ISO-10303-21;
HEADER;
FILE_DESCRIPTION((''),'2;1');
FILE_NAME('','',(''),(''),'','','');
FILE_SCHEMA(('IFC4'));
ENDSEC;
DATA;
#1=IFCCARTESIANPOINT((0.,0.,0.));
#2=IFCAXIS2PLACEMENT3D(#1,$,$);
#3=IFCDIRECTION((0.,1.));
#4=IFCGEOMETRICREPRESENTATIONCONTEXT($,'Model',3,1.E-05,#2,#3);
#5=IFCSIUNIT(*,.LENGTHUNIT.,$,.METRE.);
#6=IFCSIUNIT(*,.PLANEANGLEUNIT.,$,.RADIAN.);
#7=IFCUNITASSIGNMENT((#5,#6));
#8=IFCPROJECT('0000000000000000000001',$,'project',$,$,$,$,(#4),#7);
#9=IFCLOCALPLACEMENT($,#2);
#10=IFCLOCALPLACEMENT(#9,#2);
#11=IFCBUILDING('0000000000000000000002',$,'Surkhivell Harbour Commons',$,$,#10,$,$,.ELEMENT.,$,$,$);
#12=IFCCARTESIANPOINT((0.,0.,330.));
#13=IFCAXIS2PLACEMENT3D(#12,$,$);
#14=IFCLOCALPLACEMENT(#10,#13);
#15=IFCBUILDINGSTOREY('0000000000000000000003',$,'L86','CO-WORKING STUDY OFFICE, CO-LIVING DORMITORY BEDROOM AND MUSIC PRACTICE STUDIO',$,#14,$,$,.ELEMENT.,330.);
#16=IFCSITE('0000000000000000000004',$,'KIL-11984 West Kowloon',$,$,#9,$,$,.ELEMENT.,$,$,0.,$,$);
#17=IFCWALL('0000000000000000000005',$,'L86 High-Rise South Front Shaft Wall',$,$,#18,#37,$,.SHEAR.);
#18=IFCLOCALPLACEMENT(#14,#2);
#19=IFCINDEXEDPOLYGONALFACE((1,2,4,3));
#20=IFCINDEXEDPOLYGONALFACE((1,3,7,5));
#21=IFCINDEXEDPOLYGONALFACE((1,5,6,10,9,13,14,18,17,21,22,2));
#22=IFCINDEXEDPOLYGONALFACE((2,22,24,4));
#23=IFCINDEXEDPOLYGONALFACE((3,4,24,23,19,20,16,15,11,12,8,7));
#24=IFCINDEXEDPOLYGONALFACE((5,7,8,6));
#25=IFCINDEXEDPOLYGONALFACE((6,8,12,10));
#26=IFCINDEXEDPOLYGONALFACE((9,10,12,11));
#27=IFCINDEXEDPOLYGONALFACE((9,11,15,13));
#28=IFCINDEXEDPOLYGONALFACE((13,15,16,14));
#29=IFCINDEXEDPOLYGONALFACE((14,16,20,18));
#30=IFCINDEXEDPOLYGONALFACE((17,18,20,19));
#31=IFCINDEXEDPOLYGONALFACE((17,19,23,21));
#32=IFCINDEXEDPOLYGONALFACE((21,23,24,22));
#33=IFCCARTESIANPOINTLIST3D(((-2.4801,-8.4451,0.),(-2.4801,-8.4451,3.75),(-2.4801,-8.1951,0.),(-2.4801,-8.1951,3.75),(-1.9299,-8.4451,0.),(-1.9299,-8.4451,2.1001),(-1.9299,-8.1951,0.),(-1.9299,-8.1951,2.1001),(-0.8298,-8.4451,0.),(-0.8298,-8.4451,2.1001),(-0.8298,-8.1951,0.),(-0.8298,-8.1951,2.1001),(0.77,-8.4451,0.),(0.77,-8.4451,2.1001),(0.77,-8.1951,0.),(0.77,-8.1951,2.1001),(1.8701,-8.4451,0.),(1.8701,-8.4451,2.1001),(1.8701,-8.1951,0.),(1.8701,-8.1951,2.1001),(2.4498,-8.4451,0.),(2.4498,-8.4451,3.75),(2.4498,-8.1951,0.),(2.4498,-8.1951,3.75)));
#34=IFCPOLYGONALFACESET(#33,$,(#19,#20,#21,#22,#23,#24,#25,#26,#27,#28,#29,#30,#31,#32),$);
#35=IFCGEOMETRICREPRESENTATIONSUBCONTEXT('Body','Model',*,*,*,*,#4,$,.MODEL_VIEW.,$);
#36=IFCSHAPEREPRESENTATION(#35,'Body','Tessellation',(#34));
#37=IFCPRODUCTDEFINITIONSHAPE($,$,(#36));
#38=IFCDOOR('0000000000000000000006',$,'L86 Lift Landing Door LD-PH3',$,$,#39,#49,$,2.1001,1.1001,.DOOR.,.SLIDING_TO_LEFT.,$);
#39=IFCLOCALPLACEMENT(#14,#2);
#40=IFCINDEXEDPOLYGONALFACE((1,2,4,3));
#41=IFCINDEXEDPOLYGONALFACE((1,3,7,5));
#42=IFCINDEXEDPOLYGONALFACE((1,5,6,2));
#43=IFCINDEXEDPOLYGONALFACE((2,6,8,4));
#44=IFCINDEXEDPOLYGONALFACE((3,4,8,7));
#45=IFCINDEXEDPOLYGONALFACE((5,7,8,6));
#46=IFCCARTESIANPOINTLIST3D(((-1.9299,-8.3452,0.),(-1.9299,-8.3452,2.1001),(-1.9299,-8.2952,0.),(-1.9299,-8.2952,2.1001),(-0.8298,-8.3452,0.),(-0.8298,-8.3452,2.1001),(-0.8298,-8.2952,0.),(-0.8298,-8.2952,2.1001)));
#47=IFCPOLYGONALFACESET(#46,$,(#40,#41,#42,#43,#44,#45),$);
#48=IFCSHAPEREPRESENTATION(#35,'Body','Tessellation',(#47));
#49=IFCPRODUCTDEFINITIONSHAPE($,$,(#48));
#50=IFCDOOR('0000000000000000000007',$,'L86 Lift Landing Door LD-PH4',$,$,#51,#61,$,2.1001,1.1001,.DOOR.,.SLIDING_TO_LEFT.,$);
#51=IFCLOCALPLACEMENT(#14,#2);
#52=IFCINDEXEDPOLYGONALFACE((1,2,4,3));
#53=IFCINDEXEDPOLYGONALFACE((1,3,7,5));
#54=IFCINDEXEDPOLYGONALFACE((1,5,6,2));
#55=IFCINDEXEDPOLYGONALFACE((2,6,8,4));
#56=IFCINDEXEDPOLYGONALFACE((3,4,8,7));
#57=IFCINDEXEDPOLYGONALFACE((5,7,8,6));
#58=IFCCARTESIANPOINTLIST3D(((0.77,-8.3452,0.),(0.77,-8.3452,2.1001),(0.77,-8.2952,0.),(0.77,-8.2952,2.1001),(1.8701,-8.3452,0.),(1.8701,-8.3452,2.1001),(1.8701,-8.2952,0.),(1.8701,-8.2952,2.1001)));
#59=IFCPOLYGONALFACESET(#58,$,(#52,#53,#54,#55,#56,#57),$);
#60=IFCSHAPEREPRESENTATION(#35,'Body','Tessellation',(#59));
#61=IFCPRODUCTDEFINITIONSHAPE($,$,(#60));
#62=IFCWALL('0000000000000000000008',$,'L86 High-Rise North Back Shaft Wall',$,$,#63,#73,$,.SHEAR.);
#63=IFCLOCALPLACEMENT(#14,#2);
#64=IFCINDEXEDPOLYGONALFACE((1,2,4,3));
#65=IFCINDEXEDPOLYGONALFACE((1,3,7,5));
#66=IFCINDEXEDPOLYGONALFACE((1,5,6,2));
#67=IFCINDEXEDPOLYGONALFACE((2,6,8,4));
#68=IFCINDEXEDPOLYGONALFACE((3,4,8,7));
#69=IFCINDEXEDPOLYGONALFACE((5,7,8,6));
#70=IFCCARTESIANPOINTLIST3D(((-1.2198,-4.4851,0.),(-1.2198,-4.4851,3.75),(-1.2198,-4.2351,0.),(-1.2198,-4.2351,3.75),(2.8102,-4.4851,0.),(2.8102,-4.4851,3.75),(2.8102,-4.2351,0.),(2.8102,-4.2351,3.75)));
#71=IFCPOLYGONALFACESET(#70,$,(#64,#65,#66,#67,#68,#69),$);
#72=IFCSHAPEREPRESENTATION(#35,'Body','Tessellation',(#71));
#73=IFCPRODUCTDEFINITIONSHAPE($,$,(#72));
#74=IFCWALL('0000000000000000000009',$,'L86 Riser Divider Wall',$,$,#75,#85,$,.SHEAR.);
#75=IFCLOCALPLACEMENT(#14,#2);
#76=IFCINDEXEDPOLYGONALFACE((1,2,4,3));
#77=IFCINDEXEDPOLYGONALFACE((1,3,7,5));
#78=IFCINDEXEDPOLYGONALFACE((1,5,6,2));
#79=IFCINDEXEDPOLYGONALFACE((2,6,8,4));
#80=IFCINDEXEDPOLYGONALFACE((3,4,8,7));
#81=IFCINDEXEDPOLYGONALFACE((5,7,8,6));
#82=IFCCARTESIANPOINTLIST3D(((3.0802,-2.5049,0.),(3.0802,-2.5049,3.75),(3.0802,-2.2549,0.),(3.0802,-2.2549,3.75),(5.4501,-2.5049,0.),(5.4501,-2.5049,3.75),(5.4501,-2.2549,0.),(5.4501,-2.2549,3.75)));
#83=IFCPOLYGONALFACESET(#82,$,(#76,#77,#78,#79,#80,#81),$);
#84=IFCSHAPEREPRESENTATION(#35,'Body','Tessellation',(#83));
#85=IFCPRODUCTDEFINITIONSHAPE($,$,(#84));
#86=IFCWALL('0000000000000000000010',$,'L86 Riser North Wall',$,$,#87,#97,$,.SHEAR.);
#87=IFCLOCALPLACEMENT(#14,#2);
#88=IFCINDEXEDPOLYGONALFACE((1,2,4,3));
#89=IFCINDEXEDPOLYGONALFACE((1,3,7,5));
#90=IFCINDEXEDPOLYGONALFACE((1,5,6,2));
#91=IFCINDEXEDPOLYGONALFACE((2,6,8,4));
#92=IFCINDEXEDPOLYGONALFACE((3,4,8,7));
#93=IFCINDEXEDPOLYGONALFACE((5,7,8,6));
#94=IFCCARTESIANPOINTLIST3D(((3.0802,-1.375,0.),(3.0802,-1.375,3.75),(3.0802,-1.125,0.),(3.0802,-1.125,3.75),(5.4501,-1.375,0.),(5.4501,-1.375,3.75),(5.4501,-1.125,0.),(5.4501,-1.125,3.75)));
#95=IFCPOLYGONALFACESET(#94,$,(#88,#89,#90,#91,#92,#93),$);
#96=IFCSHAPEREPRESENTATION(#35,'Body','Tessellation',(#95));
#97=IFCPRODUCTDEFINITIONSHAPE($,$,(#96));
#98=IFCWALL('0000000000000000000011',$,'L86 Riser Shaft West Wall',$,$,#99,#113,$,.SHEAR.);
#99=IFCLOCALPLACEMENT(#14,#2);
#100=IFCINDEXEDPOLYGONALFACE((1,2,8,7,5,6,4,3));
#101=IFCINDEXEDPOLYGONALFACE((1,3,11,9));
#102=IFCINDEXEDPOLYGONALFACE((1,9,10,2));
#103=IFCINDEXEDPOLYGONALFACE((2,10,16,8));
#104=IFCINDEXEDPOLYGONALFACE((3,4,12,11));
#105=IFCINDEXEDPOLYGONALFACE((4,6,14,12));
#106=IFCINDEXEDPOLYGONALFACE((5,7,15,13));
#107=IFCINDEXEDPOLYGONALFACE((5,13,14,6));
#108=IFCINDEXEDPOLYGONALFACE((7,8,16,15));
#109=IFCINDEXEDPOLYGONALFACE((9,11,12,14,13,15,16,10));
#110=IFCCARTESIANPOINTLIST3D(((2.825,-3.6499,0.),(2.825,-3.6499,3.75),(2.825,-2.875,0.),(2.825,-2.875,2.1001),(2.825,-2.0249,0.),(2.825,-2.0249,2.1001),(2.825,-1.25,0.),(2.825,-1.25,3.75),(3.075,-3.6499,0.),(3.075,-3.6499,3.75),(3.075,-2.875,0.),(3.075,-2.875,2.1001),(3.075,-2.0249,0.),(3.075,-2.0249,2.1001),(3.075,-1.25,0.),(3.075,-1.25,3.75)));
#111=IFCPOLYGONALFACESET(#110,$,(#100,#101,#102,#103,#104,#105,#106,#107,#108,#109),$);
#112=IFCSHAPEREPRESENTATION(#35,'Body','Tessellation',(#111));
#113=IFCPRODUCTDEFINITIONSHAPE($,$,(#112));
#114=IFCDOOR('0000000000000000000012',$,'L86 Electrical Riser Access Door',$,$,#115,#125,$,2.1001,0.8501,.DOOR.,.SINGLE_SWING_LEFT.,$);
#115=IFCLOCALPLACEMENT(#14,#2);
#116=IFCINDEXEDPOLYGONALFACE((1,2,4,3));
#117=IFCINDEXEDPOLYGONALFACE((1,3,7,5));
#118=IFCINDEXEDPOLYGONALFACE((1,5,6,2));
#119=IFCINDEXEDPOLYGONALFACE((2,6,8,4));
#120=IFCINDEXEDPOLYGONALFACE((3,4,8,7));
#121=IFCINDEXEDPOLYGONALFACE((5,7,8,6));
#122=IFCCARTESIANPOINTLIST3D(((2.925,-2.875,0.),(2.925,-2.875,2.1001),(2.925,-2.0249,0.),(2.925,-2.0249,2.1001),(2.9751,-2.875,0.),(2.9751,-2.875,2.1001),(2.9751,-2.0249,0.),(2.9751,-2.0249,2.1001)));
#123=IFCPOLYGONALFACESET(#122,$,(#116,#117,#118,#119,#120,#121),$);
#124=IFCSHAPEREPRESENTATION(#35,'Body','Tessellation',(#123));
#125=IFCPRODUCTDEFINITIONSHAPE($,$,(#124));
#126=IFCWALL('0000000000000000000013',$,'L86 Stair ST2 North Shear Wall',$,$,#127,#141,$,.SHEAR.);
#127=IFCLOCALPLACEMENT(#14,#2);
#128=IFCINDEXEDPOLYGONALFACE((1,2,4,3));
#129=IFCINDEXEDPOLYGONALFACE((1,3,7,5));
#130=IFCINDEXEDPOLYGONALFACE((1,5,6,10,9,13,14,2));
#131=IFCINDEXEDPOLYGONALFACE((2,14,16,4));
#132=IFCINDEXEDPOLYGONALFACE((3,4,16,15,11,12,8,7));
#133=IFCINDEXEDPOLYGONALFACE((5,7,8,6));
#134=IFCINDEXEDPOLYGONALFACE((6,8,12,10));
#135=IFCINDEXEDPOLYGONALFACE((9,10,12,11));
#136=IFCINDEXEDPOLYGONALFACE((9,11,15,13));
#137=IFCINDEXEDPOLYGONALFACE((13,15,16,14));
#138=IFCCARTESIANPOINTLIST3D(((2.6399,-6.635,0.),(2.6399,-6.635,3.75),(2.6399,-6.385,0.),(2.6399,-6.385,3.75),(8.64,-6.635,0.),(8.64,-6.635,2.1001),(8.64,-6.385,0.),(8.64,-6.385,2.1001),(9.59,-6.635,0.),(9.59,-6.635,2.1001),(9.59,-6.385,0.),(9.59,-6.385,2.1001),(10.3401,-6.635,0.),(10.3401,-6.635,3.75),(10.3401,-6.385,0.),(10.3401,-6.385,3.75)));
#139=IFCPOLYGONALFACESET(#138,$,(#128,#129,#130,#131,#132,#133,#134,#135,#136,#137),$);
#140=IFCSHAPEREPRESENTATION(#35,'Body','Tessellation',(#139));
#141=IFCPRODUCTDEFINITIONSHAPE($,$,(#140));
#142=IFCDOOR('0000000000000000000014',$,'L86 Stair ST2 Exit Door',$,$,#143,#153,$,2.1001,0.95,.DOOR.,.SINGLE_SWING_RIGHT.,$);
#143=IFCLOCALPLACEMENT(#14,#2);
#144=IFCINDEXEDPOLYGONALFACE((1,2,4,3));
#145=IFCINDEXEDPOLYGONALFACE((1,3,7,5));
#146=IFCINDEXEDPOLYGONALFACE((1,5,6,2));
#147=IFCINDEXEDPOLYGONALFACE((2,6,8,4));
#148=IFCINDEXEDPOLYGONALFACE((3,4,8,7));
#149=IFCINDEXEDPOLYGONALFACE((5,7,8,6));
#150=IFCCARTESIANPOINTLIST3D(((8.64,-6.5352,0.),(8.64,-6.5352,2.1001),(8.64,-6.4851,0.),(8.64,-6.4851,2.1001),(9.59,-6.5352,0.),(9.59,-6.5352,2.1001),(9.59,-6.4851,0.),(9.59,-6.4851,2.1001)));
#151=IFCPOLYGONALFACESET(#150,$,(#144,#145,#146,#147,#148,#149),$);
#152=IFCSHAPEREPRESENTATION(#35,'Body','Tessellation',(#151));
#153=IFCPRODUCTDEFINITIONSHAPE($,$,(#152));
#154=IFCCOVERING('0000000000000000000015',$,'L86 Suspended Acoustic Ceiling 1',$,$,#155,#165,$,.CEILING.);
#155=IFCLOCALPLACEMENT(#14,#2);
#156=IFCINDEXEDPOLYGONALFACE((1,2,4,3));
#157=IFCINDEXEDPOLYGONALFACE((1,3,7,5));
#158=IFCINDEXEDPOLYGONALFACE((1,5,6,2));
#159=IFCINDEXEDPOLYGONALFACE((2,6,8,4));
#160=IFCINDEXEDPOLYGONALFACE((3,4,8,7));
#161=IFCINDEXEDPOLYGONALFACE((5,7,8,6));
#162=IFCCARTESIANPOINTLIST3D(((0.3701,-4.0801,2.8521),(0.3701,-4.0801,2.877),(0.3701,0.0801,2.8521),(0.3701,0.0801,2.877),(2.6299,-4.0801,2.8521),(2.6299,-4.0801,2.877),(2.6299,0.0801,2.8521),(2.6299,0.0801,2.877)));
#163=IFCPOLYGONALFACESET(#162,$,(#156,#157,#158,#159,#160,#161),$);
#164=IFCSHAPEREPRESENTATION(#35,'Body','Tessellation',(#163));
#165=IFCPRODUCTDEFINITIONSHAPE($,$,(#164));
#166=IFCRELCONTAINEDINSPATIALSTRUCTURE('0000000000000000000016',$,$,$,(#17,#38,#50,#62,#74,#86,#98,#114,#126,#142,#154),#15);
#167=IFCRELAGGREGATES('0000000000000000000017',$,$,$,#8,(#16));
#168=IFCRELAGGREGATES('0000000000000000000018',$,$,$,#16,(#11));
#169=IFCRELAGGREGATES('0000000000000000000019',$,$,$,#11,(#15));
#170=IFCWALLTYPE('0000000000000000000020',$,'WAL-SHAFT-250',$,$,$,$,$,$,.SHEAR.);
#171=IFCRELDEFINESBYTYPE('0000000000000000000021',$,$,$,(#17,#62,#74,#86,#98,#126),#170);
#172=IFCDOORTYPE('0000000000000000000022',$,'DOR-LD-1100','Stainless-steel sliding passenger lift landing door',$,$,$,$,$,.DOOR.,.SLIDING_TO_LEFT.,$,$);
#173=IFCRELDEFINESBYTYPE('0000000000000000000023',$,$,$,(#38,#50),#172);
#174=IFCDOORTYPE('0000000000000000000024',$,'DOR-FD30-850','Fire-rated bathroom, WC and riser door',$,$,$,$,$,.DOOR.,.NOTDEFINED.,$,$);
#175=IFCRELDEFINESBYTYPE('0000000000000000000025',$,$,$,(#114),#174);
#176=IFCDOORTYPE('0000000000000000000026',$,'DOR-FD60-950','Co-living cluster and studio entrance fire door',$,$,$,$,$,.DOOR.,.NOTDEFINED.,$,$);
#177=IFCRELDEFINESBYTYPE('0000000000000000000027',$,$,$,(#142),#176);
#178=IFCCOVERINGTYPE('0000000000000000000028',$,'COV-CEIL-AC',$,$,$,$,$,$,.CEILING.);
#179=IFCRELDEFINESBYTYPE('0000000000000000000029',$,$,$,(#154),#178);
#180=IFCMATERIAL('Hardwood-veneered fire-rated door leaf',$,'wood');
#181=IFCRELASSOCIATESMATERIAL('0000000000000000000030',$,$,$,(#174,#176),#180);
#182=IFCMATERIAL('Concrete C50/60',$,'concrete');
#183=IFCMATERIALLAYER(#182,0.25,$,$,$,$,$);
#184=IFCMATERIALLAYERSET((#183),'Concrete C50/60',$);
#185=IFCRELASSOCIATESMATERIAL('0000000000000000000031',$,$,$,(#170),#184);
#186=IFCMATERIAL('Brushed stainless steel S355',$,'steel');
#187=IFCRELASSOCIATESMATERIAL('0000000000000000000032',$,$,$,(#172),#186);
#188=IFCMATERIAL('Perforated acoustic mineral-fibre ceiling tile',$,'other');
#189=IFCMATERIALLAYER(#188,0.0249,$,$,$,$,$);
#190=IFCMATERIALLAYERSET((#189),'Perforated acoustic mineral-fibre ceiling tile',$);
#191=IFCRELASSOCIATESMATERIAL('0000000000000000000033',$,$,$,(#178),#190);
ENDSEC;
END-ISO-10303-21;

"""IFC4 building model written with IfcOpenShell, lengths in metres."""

from ifc_helpers import new_model, si_unit, direction, frame, frame_2d, origin, place, context, subcontext, project, spatial, polyline, rectangle, outline, extrude, material, layer, layer_set, type_object, element, fill, save


model = new_model("IFC4")

# Units and contexts
model_context = context("Model", 3, precision=1e-05, world=origin(), true_north=direction((0.0, 1.0)))
body_context = subcontext(model_context, "Body", "Model", "MODEL_VIEW")
ifc_project = project(units=[si_unit("LENGTHUNIT", "METRE"), si_unit("PLANEANGLEUNIT", "RADIAN")], contexts=[model_context])

# Site, building, storey
site_placement = place(None, origin())
site = spatial("IfcSite", under=ifc_project, at=site_placement, Name="KIL-11984 West Kowloon", CompositionType="ELEMENT", RefElevation=0.0)
building_placement = place(site_placement, origin())
building = spatial("IfcBuilding", under=site, at=building_placement, Name="Surkhivell Harbour Commons", CompositionType="ELEMENT")
storey_placement = place(building_placement, frame((0.0, 0.0, 330.0)))
storey = spatial("IfcBuildingStorey", under=building, at=storey_placement, Name="L86", Description="CO-WORKING STUDY OFFICE, CO-LIVING DORMITORY BEDROOM AND MUSIC PRACTICE STUDIO", CompositionType="ELEMENT", Elevation=330.0)

# Shared definitions
ifc_material_1 = material(Name="Hardwood-veneered fire-rated door leaf", Category="wood")
door_type_1 = type_object("IfcDoorType", Name="DOR-FD30-850", Description="Fire-rated bathroom, WC and riser door", OperationType="NOTDEFINED", PredefinedType="DOOR", material=ifc_material_1)

# Shared definitions
ifc_material_2 = material(Name="Concrete C50/60", Category="concrete")
ifc_layer_1 = layer(ifc_material_2, 0.25)
ifc_layer_set_1 = layer_set([ifc_layer_1], Name="Concrete C50/60")
wall_type_1 = type_object("IfcWallType", Name="WAL-SHAFT-250", PredefinedType="SHEAR", material=ifc_layer_set_1)

# Wall, openings, doors
ifc_material_3 = material(Name="Brushed stainless steel S355", Category="steel")
door_type_2 = type_object("IfcDoorType", Name="DOR-LD-1100", Description="Stainless-steel sliding passenger lift landing door", OperationType="SLIDING_TO_LEFT", PredefinedType="DOOR", material=ifc_material_3)
wall_1_placement = place(storey_placement, frame((-2.48, -8.3201, 0.0), z_axis=(0.0, 0.0, 1.0), x_axis=(1.0, 0.0, 0.0)))
wall_1 = element("IfcWall", 1, at=wall_1_placement, inside=storey, type_object=wall_type_1, Name="L86 High-Rise South Front Shaft Wall", PredefinedType="SHEAR", context=body_context, shape_type="SweptSolid", body=[
    extrude(rectangle(XDim=4.9299, YDim=0.25, at=frame_2d((2.4648, 0.0))), origin(), (0.0, 0.0, 1.0), 3.75),
])
opening_1_placement = place(wall_1_placement, frame((0.55, 0.0, 0.0)))
opening_1 = element("IfcOpeningElement", 2, at=opening_1_placement, cuts=wall_1, PredefinedType="OPENING", context=body_context, shape_type="SweptSolid", body=[
    extrude(rectangle(XDim=1.1001, YDim=2.1001, at=frame_2d((0.55, 1.05))), frame((0.0, 0.135, 0.0), z_axis=(0.0, -1.0, 0.0), x_axis=(1.0, 0.0, 0.0)), (0.0, 0.0, 1.0), 0.27),
])
opening_2_placement = place(wall_1_placement, frame((3.25, 0.0, 0.0)))
opening_2 = element("IfcOpeningElement", 3, at=opening_2_placement, cuts=wall_1, PredefinedType="OPENING", context=body_context, shape_type="SweptSolid", body=[
    extrude(rectangle(XDim=1.1001, YDim=2.1001, at=frame_2d((0.55, 1.05))), frame((0.0, 0.135, 0.0), z_axis=(0.0, -1.0, 0.0), x_axis=(1.0, 0.0, 0.0)), (0.0, 0.0, 1.0), 0.27),
])
door_1_placement = place(opening_1_placement, origin())
door_1 = element("IfcDoor", 4, at=door_1_placement, inside=storey, type_object=door_type_2, Name="L86 Lift Landing Door LD-PH3", OperationType="SLIDING_TO_LEFT", OverallHeight=2.1001, OverallWidth=1.1001, PredefinedType="DOOR", context=body_context, shape_type="SweptSolid", body=[
    extrude(rectangle(XDim=1.1001, YDim=2.1001, at=frame_2d((0.55, 1.05))), frame((0.0, 0.0249, 0.0), z_axis=(0.0, -1.0, 0.0), x_axis=(1.0, 0.0, 0.0)), (0.0, 0.0, 1.0), 0.05),
])
fill(opening_1, door_1)
door_2_placement = place(opening_2_placement, origin())
door_2 = element("IfcDoor", 5, at=door_2_placement, inside=storey, type_object=door_type_2, Name="L86 Lift Landing Door LD-PH4", OperationType="SLIDING_TO_LEFT", OverallHeight=2.1001, OverallWidth=1.1001, PredefinedType="DOOR", context=body_context, shape_type="SweptSolid", body=[
    extrude(rectangle(XDim=1.1001, YDim=2.1001, at=frame_2d((0.55, 1.05))), frame((0.0, 0.0249, 0.0), z_axis=(0.0, -1.0, 0.0), x_axis=(1.0, 0.0, 0.0)), (0.0, 0.0, 1.0), 0.05),
])
fill(opening_2, door_2)

# Walls
wall_2_placement = place(storey_placement, frame((-1.22, -4.3601, 0.0), z_axis=(0.0, 0.0, 1.0), x_axis=(1.0, 0.0, 0.0)))
element("IfcWall", 6, at=wall_2_placement, inside=storey, type_object=wall_type_1, Name="L86 High-Rise North Back Shaft Wall", PredefinedType="SHEAR", context=body_context, shape_type="SweptSolid", body=[
    extrude(rectangle(XDim=4.03, YDim=0.25, at=frame_2d((2.0151, 0.0))), origin(), (0.0, 0.0, 1.0), 3.75),
])
for number, where, z_axis, x_axis, name in (
    (7, (3.0801, -2.3799, 0.0), (0.0, 0.0, 1.0), (1.0, 0.0, 0.0), "L86 Riser Divider Wall"),
    (8, (3.0801, -1.25, 0.0), (0.0, 0.0, 1.0), (1.0, 0.0, 0.0), "L86 Riser North Wall"),
):
    element("IfcWall", number, at=place(storey_placement, frame(where, z_axis=z_axis, x_axis=x_axis)), inside=storey, type_object=wall_type_1, Name=name, PredefinedType="SHEAR", context=body_context, shape_type="SweptSolid", body=[
        extrude(rectangle(XDim=2.3699, YDim=0.25, at=frame_2d((1.1851, 0.0))), origin(), (0.0, 0.0, 1.0), 3.75),
    ])

# Walls, openings, doors
wall_3_placement = place(storey_placement, frame((2.95, -3.6499, 0.0), z_axis=(0.0, 0.0, 1.0), x_axis=(0.0, 1.0, 0.0)))
wall_3 = element("IfcWall", 9, at=wall_3_placement, inside=storey, type_object=wall_type_1, Name="L86 Riser Shaft West Wall", PredefinedType="SHEAR", context=body_context, shape_type="SweptSolid", body=[
    extrude(rectangle(XDim=2.3999, YDim=0.25, at=frame_2d((1.2, 0.0))), origin(), (0.0, 0.0, 1.0), 3.75),
])
opening_3_placement = place(wall_3_placement, frame((0.7749, 0.0, 0.0)))
opening_3 = element("IfcOpeningElement", 10, at=opening_3_placement, cuts=wall_3, PredefinedType="OPENING", context=body_context, shape_type="SweptSolid", body=[
    extrude(rectangle(XDim=0.8501, YDim=2.1001, at=frame_2d((0.425, 1.05))), frame((0.0, 0.135, 0.0), z_axis=(0.0, -1.0, 0.0), x_axis=(1.0, 0.0, 0.0)), (0.0, 0.0, 1.0), 0.27),
])
door_3_placement = place(opening_3_placement, origin())
door_3 = element("IfcDoor", 11, at=door_3_placement, inside=storey, type_object=door_type_1, Name="L86 Electrical Riser Access Door", OperationType="SINGLE_SWING_LEFT", OverallHeight=2.1001, OverallWidth=0.8501, PredefinedType="DOOR", context=body_context, shape_type="SweptSolid", body=[
    extrude(rectangle(XDim=0.8501, YDim=2.1001, at=frame_2d((0.425, 1.05))), frame((0.0, 0.0249, 0.0), z_axis=(0.0, -1.0, 0.0), x_axis=(1.0, 0.0, 0.0)), (0.0, 0.0, 1.0), 0.05),
])
fill(opening_3, door_3)
wall_4_placement = place(storey_placement, frame((2.6399, -6.51, 0.0), z_axis=(0.0, 0.0, 1.0), x_axis=(1.0, 0.0, 0.0)))
wall_4 = element("IfcWall", 12, at=wall_4_placement, inside=storey, type_object=wall_type_1, Name="L86 Stair ST2 North Shear Wall", PredefinedType="SHEAR", context=body_context, shape_type="SweptSolid", body=[
    extrude(rectangle(XDim=7.7002, YDim=0.25, at=frame_2d((3.8501, 0.0))), origin(), (0.0, 0.0, 1.0), 3.75),
])
opening_4_placement = place(wall_4_placement, frame((6.0, 0.0, 0.0)))
opening_4 = element("IfcOpeningElement", 13, at=opening_4_placement, cuts=wall_4, PredefinedType="OPENING", context=body_context, shape_type="SweptSolid", body=[
    extrude(rectangle(XDim=0.95, YDim=2.1001, at=frame_2d((0.4751, 1.05))), frame((0.0, 0.135, 0.0), z_axis=(0.0, -1.0, 0.0), x_axis=(1.0, 0.0, 0.0)), (0.0, 0.0, 1.0), 0.27),
])
door_type_3 = type_object("IfcDoorType", Name="DOR-FD60-950", Description="Co-living cluster and studio entrance fire door", OperationType="NOTDEFINED", PredefinedType="DOOR", material=ifc_material_1)
door_4_placement = place(opening_4_placement, origin())
door_4 = element("IfcDoor", 14, at=door_4_placement, inside=storey, type_object=door_type_3, Name="L86 Stair ST2 Exit Door", OperationType="SINGLE_SWING_RIGHT", OverallHeight=2.1001, OverallWidth=0.95, PredefinedType="DOOR", context=body_context, shape_type="SweptSolid", body=[
    extrude(rectangle(XDim=0.95, YDim=2.1001, at=frame_2d((0.4751, 1.05))), frame((0.0, 0.0249, 0.0), z_axis=(0.0, -1.0, 0.0), x_axis=(1.0, 0.0, 0.0)), (0.0, 0.0, 1.0), 0.05),
])
fill(opening_4, door_4)

# Covering
ifc_material_4 = material(Name="Perforated acoustic mineral-fibre ceiling tile", Category="other")
ifc_layer_2 = layer(ifc_material_4, 0.0249)
ifc_layer_set_2 = layer_set([ifc_layer_2], Name="Perforated acoustic mineral-fibre ceiling tile")
covering_type = type_object("IfcCoveringType", Name="COV-CEIL-AC", PredefinedType="CEILING", material=ifc_layer_set_2)
covering_placement = place(storey_placement, frame((0.0, 0.0, 2.8521)))
element("IfcCovering", 15, at=covering_placement, inside=storey, type_object=covering_type, Name="L86 Suspended Acoustic Ceiling 1", PredefinedType="CEILING", context=body_context, shape_type="SweptSolid", body=[
    extrude(outline(polyline([(0.3701, -4.0801), (2.6299, -4.0801), (2.6299, 0.0801), (0.3701, 0.0801), (0.3701, -4.0801)])), origin(), (0.0, 0.0, 1.0), 0.0249),
])

save(model, "model.ifc")
